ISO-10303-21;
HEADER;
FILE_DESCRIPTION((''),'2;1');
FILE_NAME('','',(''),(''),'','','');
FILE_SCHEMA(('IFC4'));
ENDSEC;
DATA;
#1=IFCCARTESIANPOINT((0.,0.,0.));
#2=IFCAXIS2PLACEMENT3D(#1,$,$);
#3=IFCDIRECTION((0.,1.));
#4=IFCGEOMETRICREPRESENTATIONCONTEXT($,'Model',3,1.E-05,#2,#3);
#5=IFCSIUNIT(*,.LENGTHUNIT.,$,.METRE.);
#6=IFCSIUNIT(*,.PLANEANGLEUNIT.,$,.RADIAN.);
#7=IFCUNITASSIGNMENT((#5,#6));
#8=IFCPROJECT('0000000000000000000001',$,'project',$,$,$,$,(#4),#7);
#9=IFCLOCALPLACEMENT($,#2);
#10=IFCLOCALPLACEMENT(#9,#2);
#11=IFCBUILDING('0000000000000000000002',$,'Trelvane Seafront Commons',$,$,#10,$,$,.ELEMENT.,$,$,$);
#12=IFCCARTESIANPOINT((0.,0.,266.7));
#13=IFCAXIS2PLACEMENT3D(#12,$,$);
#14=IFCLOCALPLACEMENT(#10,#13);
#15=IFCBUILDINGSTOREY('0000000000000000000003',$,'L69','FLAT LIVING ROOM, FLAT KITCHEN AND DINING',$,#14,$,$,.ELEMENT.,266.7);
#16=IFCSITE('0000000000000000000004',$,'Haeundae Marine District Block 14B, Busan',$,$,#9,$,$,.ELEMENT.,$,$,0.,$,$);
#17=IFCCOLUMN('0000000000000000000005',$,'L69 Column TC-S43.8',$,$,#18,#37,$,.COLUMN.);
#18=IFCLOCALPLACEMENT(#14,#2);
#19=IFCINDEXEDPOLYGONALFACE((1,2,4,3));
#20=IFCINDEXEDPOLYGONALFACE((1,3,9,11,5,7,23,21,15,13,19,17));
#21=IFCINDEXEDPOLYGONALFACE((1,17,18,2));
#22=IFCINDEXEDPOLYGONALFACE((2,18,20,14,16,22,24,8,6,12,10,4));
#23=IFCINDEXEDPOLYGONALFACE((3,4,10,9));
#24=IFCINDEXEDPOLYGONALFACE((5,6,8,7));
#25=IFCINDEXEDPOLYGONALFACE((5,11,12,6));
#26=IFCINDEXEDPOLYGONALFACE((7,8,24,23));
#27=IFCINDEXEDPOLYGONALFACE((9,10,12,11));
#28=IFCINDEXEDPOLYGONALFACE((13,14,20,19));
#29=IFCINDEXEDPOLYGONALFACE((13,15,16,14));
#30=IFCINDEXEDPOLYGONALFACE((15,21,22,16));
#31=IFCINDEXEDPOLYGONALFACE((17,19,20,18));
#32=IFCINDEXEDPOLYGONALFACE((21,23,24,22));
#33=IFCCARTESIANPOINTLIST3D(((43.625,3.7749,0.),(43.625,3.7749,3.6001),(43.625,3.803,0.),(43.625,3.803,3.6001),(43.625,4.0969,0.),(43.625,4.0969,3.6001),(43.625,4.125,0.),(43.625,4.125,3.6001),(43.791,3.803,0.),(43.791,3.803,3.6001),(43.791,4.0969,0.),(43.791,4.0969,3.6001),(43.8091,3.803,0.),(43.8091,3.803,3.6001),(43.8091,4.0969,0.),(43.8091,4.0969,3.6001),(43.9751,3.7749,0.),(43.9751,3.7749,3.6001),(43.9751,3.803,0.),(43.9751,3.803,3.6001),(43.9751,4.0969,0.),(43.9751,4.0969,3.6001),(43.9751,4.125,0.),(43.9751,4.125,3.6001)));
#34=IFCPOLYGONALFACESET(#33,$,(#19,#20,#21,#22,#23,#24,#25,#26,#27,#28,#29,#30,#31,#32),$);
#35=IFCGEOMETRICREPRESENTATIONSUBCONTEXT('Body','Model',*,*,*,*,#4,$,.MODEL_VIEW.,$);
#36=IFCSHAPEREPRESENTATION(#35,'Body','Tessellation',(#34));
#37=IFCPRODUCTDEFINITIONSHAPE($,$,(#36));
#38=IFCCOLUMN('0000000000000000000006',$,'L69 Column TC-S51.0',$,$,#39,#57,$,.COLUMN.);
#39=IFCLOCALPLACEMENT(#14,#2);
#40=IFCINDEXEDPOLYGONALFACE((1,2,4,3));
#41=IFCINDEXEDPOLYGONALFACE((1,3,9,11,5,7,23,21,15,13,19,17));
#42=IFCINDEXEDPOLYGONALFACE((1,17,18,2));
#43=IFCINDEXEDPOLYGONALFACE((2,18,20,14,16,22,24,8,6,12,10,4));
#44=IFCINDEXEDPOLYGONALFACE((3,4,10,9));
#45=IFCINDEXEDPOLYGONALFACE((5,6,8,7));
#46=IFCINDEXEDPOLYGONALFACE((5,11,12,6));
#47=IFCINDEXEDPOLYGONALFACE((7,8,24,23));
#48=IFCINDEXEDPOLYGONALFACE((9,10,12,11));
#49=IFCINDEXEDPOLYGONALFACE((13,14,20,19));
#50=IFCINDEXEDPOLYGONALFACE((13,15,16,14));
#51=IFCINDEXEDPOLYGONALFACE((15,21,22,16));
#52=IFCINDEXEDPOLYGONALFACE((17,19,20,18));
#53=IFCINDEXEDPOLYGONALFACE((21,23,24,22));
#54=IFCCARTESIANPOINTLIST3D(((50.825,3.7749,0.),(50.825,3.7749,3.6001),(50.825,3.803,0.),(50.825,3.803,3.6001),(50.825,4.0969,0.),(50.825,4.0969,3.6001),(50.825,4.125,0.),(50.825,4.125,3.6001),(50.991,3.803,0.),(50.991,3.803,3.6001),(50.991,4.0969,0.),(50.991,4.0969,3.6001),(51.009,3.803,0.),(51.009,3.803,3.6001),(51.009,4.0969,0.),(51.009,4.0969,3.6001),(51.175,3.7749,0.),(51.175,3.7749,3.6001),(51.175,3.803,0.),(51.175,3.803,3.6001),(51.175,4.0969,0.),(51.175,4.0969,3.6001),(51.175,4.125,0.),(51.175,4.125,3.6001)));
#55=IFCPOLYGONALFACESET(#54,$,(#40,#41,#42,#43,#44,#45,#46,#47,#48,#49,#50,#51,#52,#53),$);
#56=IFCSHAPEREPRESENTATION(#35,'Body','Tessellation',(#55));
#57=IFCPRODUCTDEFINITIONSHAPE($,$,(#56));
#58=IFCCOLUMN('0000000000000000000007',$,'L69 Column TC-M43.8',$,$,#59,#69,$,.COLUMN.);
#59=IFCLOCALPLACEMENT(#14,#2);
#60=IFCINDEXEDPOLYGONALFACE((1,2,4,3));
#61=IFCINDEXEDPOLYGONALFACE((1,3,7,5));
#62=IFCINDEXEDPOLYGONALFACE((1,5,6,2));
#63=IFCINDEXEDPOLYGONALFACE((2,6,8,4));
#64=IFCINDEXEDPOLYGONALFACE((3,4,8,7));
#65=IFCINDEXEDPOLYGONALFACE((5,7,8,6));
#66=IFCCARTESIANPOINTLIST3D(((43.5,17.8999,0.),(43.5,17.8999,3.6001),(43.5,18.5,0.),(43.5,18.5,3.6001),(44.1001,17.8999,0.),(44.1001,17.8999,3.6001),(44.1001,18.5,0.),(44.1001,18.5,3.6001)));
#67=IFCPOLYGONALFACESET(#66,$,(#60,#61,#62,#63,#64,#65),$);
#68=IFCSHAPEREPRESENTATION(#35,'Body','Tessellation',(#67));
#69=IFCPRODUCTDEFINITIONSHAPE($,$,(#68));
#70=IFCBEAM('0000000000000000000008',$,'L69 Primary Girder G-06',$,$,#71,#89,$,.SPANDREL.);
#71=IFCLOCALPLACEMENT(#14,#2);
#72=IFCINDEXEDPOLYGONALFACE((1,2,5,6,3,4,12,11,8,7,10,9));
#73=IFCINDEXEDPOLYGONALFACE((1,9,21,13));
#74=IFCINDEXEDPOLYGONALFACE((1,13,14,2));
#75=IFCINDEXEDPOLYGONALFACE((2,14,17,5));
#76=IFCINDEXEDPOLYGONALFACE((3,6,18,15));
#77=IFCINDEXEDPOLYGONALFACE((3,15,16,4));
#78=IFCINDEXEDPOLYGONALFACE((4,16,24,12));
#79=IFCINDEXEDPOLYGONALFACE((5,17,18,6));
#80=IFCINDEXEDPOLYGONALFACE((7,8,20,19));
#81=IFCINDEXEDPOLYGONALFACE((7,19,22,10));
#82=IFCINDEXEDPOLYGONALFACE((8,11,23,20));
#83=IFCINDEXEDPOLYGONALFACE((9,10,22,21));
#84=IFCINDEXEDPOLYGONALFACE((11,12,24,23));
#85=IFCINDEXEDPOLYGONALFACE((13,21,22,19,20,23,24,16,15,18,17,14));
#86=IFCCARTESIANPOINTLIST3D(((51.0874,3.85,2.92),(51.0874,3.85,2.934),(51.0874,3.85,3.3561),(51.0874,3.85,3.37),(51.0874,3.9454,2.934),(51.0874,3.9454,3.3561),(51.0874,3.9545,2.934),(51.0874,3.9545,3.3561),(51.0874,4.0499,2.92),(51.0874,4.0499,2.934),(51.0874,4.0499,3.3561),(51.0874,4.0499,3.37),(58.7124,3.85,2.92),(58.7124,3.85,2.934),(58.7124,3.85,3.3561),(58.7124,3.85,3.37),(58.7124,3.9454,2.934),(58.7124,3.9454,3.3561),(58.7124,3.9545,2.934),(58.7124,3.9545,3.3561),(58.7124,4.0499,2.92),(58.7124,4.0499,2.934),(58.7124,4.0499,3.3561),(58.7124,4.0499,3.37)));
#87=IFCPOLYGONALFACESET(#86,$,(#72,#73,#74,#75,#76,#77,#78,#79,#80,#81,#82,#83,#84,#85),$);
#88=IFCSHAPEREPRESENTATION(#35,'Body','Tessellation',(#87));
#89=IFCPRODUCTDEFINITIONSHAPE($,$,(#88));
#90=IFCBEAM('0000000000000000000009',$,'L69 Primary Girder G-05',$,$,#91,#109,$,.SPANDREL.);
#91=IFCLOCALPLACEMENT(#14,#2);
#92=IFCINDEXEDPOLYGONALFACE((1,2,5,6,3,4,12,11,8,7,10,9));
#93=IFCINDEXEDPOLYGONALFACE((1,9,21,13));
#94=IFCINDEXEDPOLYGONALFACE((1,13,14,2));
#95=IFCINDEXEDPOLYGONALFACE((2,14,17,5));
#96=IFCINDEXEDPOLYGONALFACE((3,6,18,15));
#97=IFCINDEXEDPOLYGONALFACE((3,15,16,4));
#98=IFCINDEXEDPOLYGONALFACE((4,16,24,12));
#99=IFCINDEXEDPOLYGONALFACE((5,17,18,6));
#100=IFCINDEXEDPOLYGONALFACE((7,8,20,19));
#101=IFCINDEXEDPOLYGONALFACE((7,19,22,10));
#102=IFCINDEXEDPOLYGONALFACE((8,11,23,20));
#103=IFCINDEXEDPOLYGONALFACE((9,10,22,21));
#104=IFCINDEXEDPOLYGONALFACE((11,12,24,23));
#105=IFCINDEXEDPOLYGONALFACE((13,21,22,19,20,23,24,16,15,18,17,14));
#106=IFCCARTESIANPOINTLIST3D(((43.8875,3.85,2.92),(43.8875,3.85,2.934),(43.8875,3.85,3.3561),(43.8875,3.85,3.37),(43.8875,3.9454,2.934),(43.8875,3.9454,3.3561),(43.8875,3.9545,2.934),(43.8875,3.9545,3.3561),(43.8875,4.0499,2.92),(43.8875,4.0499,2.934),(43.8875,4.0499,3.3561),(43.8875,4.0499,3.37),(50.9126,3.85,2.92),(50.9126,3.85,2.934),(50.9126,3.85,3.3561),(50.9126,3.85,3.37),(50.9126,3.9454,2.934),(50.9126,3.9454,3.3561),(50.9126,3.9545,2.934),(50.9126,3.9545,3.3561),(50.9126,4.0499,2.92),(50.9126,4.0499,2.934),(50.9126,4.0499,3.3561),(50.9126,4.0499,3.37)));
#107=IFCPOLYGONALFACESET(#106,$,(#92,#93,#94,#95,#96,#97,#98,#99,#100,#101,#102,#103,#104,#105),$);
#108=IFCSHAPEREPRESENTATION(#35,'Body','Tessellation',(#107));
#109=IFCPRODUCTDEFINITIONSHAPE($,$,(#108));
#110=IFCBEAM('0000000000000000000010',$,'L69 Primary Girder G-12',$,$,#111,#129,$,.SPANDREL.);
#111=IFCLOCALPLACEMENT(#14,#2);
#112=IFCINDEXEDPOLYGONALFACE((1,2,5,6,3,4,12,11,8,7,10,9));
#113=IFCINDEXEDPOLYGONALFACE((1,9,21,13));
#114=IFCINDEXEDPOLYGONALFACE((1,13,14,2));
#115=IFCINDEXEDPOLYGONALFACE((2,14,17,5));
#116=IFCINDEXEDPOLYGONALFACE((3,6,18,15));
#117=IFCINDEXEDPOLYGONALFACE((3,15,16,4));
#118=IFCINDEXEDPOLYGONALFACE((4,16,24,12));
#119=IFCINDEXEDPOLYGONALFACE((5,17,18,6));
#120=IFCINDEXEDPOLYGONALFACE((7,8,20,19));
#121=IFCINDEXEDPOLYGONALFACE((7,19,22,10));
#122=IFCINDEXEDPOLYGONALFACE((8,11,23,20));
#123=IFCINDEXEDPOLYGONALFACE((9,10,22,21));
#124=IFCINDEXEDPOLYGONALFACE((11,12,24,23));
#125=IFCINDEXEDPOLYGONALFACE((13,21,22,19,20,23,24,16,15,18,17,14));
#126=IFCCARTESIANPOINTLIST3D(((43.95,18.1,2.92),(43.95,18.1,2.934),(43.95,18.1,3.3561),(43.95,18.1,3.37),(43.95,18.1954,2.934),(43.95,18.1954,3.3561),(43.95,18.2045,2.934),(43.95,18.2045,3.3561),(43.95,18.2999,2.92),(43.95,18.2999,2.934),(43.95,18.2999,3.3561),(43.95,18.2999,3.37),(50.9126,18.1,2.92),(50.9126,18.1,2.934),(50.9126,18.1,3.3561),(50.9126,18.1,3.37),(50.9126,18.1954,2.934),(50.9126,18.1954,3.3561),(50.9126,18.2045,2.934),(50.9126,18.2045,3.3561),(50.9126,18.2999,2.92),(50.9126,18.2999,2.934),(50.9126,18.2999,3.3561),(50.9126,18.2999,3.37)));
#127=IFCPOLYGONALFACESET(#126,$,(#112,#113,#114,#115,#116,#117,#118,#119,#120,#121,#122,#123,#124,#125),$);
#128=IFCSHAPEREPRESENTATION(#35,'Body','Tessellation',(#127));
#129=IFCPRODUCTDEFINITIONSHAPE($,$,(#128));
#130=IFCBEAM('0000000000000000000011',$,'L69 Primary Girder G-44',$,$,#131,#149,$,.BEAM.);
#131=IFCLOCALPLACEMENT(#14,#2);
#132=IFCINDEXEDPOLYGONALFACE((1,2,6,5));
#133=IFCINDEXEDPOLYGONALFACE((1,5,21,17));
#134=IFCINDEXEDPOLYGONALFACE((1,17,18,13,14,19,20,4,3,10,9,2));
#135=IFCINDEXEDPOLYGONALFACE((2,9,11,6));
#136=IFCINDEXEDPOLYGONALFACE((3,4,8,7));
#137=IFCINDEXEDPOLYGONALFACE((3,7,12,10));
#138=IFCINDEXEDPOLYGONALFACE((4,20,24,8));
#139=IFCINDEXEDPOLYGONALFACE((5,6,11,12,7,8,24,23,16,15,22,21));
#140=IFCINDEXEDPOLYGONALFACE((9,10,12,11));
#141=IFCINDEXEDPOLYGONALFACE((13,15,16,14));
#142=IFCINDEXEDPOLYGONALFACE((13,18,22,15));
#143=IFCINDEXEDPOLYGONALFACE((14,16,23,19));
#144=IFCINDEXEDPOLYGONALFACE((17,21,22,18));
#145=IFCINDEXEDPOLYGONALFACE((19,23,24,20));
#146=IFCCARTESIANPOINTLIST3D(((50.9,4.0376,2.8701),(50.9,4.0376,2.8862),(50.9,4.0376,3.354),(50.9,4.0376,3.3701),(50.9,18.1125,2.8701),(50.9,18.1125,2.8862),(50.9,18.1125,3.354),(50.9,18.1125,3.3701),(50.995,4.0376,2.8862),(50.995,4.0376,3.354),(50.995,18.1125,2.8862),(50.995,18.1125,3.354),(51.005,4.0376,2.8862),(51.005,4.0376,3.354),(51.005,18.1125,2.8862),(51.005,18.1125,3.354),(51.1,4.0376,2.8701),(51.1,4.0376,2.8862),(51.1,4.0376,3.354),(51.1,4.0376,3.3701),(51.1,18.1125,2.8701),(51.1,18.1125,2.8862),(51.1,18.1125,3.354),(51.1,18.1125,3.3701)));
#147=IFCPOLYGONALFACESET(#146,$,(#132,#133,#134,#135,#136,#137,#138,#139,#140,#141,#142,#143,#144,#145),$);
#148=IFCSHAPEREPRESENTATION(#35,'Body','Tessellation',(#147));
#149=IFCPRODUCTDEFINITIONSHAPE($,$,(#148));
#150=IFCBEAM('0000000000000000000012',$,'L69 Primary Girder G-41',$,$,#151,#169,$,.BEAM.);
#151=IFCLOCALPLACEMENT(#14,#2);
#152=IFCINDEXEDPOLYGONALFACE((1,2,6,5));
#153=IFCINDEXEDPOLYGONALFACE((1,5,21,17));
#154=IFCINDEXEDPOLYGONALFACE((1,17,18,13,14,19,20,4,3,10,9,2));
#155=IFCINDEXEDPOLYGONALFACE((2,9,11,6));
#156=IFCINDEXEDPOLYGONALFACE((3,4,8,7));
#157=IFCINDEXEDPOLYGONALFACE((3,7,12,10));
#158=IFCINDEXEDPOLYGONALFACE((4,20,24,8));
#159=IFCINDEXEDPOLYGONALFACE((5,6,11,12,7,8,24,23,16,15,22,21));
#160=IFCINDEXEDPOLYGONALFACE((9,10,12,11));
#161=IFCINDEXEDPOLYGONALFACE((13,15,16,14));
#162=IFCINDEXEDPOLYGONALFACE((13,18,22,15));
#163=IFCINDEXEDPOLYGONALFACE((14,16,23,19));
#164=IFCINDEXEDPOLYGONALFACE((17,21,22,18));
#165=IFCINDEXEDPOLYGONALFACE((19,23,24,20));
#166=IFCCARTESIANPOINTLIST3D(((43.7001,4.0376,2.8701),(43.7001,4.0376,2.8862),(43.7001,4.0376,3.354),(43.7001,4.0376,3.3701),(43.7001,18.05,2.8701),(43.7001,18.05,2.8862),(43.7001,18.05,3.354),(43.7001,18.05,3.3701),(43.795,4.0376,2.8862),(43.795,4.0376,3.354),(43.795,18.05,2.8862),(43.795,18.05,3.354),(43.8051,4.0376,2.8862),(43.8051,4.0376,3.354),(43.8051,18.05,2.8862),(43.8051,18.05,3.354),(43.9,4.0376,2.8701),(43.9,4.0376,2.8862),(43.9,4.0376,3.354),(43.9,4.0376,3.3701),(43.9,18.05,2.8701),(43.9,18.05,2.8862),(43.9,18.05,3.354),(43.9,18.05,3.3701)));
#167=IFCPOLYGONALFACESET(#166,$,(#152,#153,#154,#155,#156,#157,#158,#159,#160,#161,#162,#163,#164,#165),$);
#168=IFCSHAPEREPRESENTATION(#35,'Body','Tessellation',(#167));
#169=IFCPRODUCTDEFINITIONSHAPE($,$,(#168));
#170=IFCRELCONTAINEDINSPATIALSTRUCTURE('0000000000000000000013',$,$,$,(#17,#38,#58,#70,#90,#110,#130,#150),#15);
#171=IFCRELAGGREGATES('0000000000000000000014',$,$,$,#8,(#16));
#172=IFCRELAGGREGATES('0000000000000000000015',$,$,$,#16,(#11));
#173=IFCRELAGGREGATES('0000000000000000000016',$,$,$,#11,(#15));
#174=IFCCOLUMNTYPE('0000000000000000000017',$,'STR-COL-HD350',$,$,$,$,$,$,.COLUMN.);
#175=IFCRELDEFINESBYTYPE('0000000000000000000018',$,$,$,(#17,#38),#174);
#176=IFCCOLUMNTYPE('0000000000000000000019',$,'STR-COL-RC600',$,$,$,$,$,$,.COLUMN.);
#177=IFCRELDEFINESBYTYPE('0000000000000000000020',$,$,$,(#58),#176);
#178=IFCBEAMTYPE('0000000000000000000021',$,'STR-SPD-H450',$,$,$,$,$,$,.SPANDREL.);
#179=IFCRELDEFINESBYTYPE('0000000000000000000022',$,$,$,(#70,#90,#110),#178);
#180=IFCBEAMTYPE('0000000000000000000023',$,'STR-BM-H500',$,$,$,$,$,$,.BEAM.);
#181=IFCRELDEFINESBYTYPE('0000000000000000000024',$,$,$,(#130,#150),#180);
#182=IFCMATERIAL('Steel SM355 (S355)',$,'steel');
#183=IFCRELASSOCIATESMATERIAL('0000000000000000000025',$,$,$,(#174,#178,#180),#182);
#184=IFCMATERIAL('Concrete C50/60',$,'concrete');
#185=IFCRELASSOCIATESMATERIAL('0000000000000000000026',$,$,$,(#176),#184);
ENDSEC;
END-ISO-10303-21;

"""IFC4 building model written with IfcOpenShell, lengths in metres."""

from ifc_helpers import new_model, si_unit, direction, frame, origin, origin_2d, place, context, subcontext, project, spatial, rectangle, i_section, extrude, source, transform, mapped, material, material_profile, profile_set, type_object, element, save


model = new_model("IFC4")

# Units and contexts
model_context = context("Model", 3, precision=1e-05, world=origin(), true_north=direction((0.0, 1.0)))
body_context = subcontext(model_context, "Body", "Model", "MODEL_VIEW")
ifc_project = project(units=[si_unit("LENGTHUNIT", "METRE"), si_unit("PLANEANGLEUNIT", "RADIAN")], contexts=[model_context])

# Site, building, storey
site_placement = place(None, origin())
site = spatial("IfcSite", under=ifc_project, at=site_placement, Name="Haeundae Marine District Block 14B, Busan", CompositionType="ELEMENT", RefElevation=0.0)
building_placement = place(site_placement, origin())
building = spatial("IfcBuilding", under=site, at=building_placement, Name="Trelvane Seafront Commons", CompositionType="ELEMENT")
storey_placement = place(building_placement, frame((0.0, 0.0, 266.7)))
storey = spatial("IfcBuildingStorey", under=building, at=storey_placement, Name="L69", Description="FLAT LIVING ROOM, FLAT KITCHEN AND DINING", CompositionType="ELEMENT", Elevation=266.7)

# Columns
ifc_material_1 = material(Name="Steel SM355 (S355)", Category="steel")
ifc_material_profile_1 = material_profile(ifc_material_1, i_section(OverallWidth=0.3501, OverallDepth=0.3501, WebThickness=0.0181, FlangeThickness=0.0281, at=origin_2d()), Name="HD-350x350x18x28")
ifc_profile_set_1 = profile_set([ifc_material_profile_1], Name="Steel SM355 (S355)")
column_type_1 = type_object("IfcColumnType", Name="STR-COL-HD350", PredefinedType="COLUMN", material=ifc_profile_set_1)
shared_shape_1 = source(origin(), body_context, "Body", "SweptSolid", [
    extrude(i_section(OverallWidth=0.3501, OverallDepth=0.3501, WebThickness=0.0181, FlangeThickness=0.0281, at=origin_2d()), origin(), (0.0, 0.0, 1.0), 3.6001),
])
for number, where, z_axis, x_axis, name in (
    (1, (43.8, 3.95, 0.0), (0.0, 0.0, 1.0), (1.0, 0.0, 0.0), "L69 Column TC-S43.8"),
    (2, (51.0, 3.95, 0.0), (0.0, 0.0, 1.0), (1.0, 0.0, 0.0), "L69 Column TC-S51.0"),
):
    element("IfcColumn", number, at=place(storey_placement, frame(where, z_axis=z_axis, x_axis=x_axis)), inside=storey, type_object=column_type_1, Name=name, PredefinedType="COLUMN", context=body_context, shape_type="MappedRepresentation", body=[
        mapped(shared_shape_1, transform((0.0, 0.0, 0.0), x_axis=(1.0, 0.0, 0.0), y_axis=(0.0, 1.0, 0.0), z_axis=(0.0, 0.0, 1.0), scale=1.0)),
    ])
ifc_material_2 = material(Name="Concrete C50/60", Category="concrete")
ifc_material_profile_2 = material_profile(ifc_material_2, rectangle(XDim=0.6001, YDim=0.6001, at=origin_2d()), Name="RC-600x600")
ifc_profile_set_2 = profile_set([ifc_material_profile_2], Name="Concrete C50/60")
column_type_2 = type_object("IfcColumnType", Name="STR-COL-RC600", PredefinedType="COLUMN", material=ifc_profile_set_2)
shared_shape_2 = source(origin(), body_context, "Body", "SweptSolid", [
    extrude(rectangle(XDim=0.6001, YDim=0.6001, at=origin_2d()), origin(), (0.0, 0.0, 1.0), 3.6001),
])
column_placement = place(storey_placement, frame((43.8, 18.2, 0.0), z_axis=(0.0, 0.0, 1.0), x_axis=(1.0, 0.0, 0.0)))
element("IfcColumn", 3, at=column_placement, inside=storey, type_object=column_type_2, Name="L69 Column TC-M43.8", PredefinedType="COLUMN", context=body_context, shape_type="MappedRepresentation", body=[
    mapped(shared_shape_2, transform((0.0, 0.0, 0.0), x_axis=(1.0, 0.0, 0.0), y_axis=(0.0, 1.0, 0.0), z_axis=(0.0, 0.0, 1.0), scale=1.0)),
])

# Beams
ifc_material_profile_3 = material_profile(ifc_material_1, i_section(OverallWidth=0.2, OverallDepth=0.45, WebThickness=0.009, FlangeThickness=0.0139, at=origin_2d()), Name="H-450x200x9x14")
ifc_profile_set_3 = profile_set([ifc_material_profile_3], Name="Steel SM355 (S355)")
beam_type_1 = type_object("IfcBeamType", Name="STR-SPD-H450", PredefinedType="SPANDREL", material=ifc_profile_set_3)
shared_shape_3 = source(origin(), body_context, "Body", "SweptSolid", [
    extrude(i_section(OverallWidth=0.2, OverallDepth=0.45, WebThickness=0.009, FlangeThickness=0.0139, at=origin_2d()), origin(), (0.0, 0.0, 1.0), 7.625),
])
beam_1_placement = place(storey_placement, frame((51.0874, 3.95, 3.145), z_axis=(1.0, 0.0, 0.0), x_axis=(0.0, 1.0, 0.0)))
element("IfcBeam", 4, at=beam_1_placement, inside=storey, type_object=beam_type_1, Name="L69 Primary Girder G-06", PredefinedType="SPANDREL", context=body_context, shape_type="MappedRepresentation", body=[
    mapped(shared_shape_3, transform((0.0, 0.0, 0.0), x_axis=(1.0, 0.0, 0.0), y_axis=(0.0, 1.0, 0.0), z_axis=(0.0, 0.0, 1.0), scale=1.0)),
])
shared_shape_4 = source(origin(), body_context, "Body", "SweptSolid", [
    extrude(i_section(OverallWidth=0.2, OverallDepth=0.45, WebThickness=0.009, FlangeThickness=0.0139, at=origin_2d()), origin(), (0.0, 0.0, 1.0), 7.0251),
])
beam_2_placement = place(storey_placement, frame((43.8875, 3.95, 3.145), z_axis=(1.0, 0.0, 0.0), x_axis=(0.0, 1.0, 0.0)))
element("IfcBeam", 5, at=beam_2_placement, inside=storey, type_object=beam_type_1, Name="L69 Primary Girder G-05", PredefinedType="SPANDREL", context=body_context, shape_type="MappedRepresentation", body=[
    mapped(shared_shape_4, transform((0.0, 0.0, 0.0), x_axis=(1.0, 0.0, 0.0), y_axis=(0.0, 1.0, 0.0), z_axis=(0.0, 0.0, 1.0), scale=1.0)),
])
shared_shape_5 = source(origin(), body_context, "Body", "SweptSolid", [
    extrude(i_section(OverallWidth=0.2, OverallDepth=0.45, WebThickness=0.009, FlangeThickness=0.0139, at=origin_2d()), origin(), (0.0, 0.0, 1.0), 6.9626),
])
beam_3_placement = place(storey_placement, frame((43.95, 18.2, 3.145), z_axis=(1.0, 0.0, 0.0), x_axis=(0.0, 1.0, 0.0)))
element("IfcBeam", 6, at=beam_3_placement, inside=storey, type_object=beam_type_1, Name="L69 Primary Girder G-12", PredefinedType="SPANDREL", context=body_context, shape_type="MappedRepresentation", body=[
    mapped(shared_shape_5, transform((0.0, 0.0, 0.0), x_axis=(1.0, 0.0, 0.0), y_axis=(0.0, 1.0, 0.0), z_axis=(0.0, 0.0, 1.0), scale=1.0)),
])
ifc_material_profile_4 = material_profile(ifc_material_1, i_section(OverallWidth=0.2, OverallDepth=0.5, WebThickness=0.01, FlangeThickness=0.0161, at=origin_2d()), Name="H-500x200x10x16")
ifc_profile_set_4 = profile_set([ifc_material_profile_4], Name="Steel SM355 (S355)")
beam_type_2 = type_object("IfcBeamType", Name="STR-BM-H500", PredefinedType="BEAM", material=ifc_profile_set_4)
shared_shape_6 = source(origin(), body_context, "Body", "SweptSolid", [
    extrude(i_section(OverallWidth=0.2, OverallDepth=0.5, WebThickness=0.01, FlangeThickness=0.0161, at=origin_2d()), origin(), (0.0, 0.0, 1.0), 14.075),
])
beam_4_placement = place(storey_placement, frame((51.0, 4.0376, 3.1201), z_axis=(0.0, 1.0, 0.0), x_axis=(-1.0, 0.0, 0.0)))
element("IfcBeam", 7, at=beam_4_placement, inside=storey, type_object=beam_type_2, Name="L69 Primary Girder G-44", PredefinedType="BEAM", context=body_context, shape_type="MappedRepresentation", body=[
    mapped(shared_shape_6, transform((0.0, 0.0, 0.0), x_axis=(1.0, 0.0, 0.0), y_axis=(0.0, 1.0, 0.0), z_axis=(0.0, 0.0, 1.0), scale=1.0)),
])
shared_shape_7 = source(origin(), body_context, "Body", "SweptSolid", [
    extrude(i_section(OverallWidth=0.2, OverallDepth=0.5, WebThickness=0.01, FlangeThickness=0.0161, at=origin_2d()), origin(), (0.0, 0.0, 1.0), 14.0125),
])
beam_5_placement = place(storey_placement, frame((43.8, 4.0376, 3.1201), z_axis=(0.0, 1.0, 0.0), x_axis=(-1.0, 0.0, 0.0)))
element("IfcBeam", 8, at=beam_5_placement, inside=storey, type_object=beam_type_2, Name="L69 Primary Girder G-41", PredefinedType="BEAM", context=body_context, shape_type="MappedRepresentation", body=[
    mapped(shared_shape_7, transform((0.0, 0.0, 0.0), x_axis=(1.0, 0.0, 0.0), y_axis=(0.0, 1.0, 0.0), z_axis=(0.0, 0.0, 1.0), scale=1.0)),
])

save(model, "model.ifc")
